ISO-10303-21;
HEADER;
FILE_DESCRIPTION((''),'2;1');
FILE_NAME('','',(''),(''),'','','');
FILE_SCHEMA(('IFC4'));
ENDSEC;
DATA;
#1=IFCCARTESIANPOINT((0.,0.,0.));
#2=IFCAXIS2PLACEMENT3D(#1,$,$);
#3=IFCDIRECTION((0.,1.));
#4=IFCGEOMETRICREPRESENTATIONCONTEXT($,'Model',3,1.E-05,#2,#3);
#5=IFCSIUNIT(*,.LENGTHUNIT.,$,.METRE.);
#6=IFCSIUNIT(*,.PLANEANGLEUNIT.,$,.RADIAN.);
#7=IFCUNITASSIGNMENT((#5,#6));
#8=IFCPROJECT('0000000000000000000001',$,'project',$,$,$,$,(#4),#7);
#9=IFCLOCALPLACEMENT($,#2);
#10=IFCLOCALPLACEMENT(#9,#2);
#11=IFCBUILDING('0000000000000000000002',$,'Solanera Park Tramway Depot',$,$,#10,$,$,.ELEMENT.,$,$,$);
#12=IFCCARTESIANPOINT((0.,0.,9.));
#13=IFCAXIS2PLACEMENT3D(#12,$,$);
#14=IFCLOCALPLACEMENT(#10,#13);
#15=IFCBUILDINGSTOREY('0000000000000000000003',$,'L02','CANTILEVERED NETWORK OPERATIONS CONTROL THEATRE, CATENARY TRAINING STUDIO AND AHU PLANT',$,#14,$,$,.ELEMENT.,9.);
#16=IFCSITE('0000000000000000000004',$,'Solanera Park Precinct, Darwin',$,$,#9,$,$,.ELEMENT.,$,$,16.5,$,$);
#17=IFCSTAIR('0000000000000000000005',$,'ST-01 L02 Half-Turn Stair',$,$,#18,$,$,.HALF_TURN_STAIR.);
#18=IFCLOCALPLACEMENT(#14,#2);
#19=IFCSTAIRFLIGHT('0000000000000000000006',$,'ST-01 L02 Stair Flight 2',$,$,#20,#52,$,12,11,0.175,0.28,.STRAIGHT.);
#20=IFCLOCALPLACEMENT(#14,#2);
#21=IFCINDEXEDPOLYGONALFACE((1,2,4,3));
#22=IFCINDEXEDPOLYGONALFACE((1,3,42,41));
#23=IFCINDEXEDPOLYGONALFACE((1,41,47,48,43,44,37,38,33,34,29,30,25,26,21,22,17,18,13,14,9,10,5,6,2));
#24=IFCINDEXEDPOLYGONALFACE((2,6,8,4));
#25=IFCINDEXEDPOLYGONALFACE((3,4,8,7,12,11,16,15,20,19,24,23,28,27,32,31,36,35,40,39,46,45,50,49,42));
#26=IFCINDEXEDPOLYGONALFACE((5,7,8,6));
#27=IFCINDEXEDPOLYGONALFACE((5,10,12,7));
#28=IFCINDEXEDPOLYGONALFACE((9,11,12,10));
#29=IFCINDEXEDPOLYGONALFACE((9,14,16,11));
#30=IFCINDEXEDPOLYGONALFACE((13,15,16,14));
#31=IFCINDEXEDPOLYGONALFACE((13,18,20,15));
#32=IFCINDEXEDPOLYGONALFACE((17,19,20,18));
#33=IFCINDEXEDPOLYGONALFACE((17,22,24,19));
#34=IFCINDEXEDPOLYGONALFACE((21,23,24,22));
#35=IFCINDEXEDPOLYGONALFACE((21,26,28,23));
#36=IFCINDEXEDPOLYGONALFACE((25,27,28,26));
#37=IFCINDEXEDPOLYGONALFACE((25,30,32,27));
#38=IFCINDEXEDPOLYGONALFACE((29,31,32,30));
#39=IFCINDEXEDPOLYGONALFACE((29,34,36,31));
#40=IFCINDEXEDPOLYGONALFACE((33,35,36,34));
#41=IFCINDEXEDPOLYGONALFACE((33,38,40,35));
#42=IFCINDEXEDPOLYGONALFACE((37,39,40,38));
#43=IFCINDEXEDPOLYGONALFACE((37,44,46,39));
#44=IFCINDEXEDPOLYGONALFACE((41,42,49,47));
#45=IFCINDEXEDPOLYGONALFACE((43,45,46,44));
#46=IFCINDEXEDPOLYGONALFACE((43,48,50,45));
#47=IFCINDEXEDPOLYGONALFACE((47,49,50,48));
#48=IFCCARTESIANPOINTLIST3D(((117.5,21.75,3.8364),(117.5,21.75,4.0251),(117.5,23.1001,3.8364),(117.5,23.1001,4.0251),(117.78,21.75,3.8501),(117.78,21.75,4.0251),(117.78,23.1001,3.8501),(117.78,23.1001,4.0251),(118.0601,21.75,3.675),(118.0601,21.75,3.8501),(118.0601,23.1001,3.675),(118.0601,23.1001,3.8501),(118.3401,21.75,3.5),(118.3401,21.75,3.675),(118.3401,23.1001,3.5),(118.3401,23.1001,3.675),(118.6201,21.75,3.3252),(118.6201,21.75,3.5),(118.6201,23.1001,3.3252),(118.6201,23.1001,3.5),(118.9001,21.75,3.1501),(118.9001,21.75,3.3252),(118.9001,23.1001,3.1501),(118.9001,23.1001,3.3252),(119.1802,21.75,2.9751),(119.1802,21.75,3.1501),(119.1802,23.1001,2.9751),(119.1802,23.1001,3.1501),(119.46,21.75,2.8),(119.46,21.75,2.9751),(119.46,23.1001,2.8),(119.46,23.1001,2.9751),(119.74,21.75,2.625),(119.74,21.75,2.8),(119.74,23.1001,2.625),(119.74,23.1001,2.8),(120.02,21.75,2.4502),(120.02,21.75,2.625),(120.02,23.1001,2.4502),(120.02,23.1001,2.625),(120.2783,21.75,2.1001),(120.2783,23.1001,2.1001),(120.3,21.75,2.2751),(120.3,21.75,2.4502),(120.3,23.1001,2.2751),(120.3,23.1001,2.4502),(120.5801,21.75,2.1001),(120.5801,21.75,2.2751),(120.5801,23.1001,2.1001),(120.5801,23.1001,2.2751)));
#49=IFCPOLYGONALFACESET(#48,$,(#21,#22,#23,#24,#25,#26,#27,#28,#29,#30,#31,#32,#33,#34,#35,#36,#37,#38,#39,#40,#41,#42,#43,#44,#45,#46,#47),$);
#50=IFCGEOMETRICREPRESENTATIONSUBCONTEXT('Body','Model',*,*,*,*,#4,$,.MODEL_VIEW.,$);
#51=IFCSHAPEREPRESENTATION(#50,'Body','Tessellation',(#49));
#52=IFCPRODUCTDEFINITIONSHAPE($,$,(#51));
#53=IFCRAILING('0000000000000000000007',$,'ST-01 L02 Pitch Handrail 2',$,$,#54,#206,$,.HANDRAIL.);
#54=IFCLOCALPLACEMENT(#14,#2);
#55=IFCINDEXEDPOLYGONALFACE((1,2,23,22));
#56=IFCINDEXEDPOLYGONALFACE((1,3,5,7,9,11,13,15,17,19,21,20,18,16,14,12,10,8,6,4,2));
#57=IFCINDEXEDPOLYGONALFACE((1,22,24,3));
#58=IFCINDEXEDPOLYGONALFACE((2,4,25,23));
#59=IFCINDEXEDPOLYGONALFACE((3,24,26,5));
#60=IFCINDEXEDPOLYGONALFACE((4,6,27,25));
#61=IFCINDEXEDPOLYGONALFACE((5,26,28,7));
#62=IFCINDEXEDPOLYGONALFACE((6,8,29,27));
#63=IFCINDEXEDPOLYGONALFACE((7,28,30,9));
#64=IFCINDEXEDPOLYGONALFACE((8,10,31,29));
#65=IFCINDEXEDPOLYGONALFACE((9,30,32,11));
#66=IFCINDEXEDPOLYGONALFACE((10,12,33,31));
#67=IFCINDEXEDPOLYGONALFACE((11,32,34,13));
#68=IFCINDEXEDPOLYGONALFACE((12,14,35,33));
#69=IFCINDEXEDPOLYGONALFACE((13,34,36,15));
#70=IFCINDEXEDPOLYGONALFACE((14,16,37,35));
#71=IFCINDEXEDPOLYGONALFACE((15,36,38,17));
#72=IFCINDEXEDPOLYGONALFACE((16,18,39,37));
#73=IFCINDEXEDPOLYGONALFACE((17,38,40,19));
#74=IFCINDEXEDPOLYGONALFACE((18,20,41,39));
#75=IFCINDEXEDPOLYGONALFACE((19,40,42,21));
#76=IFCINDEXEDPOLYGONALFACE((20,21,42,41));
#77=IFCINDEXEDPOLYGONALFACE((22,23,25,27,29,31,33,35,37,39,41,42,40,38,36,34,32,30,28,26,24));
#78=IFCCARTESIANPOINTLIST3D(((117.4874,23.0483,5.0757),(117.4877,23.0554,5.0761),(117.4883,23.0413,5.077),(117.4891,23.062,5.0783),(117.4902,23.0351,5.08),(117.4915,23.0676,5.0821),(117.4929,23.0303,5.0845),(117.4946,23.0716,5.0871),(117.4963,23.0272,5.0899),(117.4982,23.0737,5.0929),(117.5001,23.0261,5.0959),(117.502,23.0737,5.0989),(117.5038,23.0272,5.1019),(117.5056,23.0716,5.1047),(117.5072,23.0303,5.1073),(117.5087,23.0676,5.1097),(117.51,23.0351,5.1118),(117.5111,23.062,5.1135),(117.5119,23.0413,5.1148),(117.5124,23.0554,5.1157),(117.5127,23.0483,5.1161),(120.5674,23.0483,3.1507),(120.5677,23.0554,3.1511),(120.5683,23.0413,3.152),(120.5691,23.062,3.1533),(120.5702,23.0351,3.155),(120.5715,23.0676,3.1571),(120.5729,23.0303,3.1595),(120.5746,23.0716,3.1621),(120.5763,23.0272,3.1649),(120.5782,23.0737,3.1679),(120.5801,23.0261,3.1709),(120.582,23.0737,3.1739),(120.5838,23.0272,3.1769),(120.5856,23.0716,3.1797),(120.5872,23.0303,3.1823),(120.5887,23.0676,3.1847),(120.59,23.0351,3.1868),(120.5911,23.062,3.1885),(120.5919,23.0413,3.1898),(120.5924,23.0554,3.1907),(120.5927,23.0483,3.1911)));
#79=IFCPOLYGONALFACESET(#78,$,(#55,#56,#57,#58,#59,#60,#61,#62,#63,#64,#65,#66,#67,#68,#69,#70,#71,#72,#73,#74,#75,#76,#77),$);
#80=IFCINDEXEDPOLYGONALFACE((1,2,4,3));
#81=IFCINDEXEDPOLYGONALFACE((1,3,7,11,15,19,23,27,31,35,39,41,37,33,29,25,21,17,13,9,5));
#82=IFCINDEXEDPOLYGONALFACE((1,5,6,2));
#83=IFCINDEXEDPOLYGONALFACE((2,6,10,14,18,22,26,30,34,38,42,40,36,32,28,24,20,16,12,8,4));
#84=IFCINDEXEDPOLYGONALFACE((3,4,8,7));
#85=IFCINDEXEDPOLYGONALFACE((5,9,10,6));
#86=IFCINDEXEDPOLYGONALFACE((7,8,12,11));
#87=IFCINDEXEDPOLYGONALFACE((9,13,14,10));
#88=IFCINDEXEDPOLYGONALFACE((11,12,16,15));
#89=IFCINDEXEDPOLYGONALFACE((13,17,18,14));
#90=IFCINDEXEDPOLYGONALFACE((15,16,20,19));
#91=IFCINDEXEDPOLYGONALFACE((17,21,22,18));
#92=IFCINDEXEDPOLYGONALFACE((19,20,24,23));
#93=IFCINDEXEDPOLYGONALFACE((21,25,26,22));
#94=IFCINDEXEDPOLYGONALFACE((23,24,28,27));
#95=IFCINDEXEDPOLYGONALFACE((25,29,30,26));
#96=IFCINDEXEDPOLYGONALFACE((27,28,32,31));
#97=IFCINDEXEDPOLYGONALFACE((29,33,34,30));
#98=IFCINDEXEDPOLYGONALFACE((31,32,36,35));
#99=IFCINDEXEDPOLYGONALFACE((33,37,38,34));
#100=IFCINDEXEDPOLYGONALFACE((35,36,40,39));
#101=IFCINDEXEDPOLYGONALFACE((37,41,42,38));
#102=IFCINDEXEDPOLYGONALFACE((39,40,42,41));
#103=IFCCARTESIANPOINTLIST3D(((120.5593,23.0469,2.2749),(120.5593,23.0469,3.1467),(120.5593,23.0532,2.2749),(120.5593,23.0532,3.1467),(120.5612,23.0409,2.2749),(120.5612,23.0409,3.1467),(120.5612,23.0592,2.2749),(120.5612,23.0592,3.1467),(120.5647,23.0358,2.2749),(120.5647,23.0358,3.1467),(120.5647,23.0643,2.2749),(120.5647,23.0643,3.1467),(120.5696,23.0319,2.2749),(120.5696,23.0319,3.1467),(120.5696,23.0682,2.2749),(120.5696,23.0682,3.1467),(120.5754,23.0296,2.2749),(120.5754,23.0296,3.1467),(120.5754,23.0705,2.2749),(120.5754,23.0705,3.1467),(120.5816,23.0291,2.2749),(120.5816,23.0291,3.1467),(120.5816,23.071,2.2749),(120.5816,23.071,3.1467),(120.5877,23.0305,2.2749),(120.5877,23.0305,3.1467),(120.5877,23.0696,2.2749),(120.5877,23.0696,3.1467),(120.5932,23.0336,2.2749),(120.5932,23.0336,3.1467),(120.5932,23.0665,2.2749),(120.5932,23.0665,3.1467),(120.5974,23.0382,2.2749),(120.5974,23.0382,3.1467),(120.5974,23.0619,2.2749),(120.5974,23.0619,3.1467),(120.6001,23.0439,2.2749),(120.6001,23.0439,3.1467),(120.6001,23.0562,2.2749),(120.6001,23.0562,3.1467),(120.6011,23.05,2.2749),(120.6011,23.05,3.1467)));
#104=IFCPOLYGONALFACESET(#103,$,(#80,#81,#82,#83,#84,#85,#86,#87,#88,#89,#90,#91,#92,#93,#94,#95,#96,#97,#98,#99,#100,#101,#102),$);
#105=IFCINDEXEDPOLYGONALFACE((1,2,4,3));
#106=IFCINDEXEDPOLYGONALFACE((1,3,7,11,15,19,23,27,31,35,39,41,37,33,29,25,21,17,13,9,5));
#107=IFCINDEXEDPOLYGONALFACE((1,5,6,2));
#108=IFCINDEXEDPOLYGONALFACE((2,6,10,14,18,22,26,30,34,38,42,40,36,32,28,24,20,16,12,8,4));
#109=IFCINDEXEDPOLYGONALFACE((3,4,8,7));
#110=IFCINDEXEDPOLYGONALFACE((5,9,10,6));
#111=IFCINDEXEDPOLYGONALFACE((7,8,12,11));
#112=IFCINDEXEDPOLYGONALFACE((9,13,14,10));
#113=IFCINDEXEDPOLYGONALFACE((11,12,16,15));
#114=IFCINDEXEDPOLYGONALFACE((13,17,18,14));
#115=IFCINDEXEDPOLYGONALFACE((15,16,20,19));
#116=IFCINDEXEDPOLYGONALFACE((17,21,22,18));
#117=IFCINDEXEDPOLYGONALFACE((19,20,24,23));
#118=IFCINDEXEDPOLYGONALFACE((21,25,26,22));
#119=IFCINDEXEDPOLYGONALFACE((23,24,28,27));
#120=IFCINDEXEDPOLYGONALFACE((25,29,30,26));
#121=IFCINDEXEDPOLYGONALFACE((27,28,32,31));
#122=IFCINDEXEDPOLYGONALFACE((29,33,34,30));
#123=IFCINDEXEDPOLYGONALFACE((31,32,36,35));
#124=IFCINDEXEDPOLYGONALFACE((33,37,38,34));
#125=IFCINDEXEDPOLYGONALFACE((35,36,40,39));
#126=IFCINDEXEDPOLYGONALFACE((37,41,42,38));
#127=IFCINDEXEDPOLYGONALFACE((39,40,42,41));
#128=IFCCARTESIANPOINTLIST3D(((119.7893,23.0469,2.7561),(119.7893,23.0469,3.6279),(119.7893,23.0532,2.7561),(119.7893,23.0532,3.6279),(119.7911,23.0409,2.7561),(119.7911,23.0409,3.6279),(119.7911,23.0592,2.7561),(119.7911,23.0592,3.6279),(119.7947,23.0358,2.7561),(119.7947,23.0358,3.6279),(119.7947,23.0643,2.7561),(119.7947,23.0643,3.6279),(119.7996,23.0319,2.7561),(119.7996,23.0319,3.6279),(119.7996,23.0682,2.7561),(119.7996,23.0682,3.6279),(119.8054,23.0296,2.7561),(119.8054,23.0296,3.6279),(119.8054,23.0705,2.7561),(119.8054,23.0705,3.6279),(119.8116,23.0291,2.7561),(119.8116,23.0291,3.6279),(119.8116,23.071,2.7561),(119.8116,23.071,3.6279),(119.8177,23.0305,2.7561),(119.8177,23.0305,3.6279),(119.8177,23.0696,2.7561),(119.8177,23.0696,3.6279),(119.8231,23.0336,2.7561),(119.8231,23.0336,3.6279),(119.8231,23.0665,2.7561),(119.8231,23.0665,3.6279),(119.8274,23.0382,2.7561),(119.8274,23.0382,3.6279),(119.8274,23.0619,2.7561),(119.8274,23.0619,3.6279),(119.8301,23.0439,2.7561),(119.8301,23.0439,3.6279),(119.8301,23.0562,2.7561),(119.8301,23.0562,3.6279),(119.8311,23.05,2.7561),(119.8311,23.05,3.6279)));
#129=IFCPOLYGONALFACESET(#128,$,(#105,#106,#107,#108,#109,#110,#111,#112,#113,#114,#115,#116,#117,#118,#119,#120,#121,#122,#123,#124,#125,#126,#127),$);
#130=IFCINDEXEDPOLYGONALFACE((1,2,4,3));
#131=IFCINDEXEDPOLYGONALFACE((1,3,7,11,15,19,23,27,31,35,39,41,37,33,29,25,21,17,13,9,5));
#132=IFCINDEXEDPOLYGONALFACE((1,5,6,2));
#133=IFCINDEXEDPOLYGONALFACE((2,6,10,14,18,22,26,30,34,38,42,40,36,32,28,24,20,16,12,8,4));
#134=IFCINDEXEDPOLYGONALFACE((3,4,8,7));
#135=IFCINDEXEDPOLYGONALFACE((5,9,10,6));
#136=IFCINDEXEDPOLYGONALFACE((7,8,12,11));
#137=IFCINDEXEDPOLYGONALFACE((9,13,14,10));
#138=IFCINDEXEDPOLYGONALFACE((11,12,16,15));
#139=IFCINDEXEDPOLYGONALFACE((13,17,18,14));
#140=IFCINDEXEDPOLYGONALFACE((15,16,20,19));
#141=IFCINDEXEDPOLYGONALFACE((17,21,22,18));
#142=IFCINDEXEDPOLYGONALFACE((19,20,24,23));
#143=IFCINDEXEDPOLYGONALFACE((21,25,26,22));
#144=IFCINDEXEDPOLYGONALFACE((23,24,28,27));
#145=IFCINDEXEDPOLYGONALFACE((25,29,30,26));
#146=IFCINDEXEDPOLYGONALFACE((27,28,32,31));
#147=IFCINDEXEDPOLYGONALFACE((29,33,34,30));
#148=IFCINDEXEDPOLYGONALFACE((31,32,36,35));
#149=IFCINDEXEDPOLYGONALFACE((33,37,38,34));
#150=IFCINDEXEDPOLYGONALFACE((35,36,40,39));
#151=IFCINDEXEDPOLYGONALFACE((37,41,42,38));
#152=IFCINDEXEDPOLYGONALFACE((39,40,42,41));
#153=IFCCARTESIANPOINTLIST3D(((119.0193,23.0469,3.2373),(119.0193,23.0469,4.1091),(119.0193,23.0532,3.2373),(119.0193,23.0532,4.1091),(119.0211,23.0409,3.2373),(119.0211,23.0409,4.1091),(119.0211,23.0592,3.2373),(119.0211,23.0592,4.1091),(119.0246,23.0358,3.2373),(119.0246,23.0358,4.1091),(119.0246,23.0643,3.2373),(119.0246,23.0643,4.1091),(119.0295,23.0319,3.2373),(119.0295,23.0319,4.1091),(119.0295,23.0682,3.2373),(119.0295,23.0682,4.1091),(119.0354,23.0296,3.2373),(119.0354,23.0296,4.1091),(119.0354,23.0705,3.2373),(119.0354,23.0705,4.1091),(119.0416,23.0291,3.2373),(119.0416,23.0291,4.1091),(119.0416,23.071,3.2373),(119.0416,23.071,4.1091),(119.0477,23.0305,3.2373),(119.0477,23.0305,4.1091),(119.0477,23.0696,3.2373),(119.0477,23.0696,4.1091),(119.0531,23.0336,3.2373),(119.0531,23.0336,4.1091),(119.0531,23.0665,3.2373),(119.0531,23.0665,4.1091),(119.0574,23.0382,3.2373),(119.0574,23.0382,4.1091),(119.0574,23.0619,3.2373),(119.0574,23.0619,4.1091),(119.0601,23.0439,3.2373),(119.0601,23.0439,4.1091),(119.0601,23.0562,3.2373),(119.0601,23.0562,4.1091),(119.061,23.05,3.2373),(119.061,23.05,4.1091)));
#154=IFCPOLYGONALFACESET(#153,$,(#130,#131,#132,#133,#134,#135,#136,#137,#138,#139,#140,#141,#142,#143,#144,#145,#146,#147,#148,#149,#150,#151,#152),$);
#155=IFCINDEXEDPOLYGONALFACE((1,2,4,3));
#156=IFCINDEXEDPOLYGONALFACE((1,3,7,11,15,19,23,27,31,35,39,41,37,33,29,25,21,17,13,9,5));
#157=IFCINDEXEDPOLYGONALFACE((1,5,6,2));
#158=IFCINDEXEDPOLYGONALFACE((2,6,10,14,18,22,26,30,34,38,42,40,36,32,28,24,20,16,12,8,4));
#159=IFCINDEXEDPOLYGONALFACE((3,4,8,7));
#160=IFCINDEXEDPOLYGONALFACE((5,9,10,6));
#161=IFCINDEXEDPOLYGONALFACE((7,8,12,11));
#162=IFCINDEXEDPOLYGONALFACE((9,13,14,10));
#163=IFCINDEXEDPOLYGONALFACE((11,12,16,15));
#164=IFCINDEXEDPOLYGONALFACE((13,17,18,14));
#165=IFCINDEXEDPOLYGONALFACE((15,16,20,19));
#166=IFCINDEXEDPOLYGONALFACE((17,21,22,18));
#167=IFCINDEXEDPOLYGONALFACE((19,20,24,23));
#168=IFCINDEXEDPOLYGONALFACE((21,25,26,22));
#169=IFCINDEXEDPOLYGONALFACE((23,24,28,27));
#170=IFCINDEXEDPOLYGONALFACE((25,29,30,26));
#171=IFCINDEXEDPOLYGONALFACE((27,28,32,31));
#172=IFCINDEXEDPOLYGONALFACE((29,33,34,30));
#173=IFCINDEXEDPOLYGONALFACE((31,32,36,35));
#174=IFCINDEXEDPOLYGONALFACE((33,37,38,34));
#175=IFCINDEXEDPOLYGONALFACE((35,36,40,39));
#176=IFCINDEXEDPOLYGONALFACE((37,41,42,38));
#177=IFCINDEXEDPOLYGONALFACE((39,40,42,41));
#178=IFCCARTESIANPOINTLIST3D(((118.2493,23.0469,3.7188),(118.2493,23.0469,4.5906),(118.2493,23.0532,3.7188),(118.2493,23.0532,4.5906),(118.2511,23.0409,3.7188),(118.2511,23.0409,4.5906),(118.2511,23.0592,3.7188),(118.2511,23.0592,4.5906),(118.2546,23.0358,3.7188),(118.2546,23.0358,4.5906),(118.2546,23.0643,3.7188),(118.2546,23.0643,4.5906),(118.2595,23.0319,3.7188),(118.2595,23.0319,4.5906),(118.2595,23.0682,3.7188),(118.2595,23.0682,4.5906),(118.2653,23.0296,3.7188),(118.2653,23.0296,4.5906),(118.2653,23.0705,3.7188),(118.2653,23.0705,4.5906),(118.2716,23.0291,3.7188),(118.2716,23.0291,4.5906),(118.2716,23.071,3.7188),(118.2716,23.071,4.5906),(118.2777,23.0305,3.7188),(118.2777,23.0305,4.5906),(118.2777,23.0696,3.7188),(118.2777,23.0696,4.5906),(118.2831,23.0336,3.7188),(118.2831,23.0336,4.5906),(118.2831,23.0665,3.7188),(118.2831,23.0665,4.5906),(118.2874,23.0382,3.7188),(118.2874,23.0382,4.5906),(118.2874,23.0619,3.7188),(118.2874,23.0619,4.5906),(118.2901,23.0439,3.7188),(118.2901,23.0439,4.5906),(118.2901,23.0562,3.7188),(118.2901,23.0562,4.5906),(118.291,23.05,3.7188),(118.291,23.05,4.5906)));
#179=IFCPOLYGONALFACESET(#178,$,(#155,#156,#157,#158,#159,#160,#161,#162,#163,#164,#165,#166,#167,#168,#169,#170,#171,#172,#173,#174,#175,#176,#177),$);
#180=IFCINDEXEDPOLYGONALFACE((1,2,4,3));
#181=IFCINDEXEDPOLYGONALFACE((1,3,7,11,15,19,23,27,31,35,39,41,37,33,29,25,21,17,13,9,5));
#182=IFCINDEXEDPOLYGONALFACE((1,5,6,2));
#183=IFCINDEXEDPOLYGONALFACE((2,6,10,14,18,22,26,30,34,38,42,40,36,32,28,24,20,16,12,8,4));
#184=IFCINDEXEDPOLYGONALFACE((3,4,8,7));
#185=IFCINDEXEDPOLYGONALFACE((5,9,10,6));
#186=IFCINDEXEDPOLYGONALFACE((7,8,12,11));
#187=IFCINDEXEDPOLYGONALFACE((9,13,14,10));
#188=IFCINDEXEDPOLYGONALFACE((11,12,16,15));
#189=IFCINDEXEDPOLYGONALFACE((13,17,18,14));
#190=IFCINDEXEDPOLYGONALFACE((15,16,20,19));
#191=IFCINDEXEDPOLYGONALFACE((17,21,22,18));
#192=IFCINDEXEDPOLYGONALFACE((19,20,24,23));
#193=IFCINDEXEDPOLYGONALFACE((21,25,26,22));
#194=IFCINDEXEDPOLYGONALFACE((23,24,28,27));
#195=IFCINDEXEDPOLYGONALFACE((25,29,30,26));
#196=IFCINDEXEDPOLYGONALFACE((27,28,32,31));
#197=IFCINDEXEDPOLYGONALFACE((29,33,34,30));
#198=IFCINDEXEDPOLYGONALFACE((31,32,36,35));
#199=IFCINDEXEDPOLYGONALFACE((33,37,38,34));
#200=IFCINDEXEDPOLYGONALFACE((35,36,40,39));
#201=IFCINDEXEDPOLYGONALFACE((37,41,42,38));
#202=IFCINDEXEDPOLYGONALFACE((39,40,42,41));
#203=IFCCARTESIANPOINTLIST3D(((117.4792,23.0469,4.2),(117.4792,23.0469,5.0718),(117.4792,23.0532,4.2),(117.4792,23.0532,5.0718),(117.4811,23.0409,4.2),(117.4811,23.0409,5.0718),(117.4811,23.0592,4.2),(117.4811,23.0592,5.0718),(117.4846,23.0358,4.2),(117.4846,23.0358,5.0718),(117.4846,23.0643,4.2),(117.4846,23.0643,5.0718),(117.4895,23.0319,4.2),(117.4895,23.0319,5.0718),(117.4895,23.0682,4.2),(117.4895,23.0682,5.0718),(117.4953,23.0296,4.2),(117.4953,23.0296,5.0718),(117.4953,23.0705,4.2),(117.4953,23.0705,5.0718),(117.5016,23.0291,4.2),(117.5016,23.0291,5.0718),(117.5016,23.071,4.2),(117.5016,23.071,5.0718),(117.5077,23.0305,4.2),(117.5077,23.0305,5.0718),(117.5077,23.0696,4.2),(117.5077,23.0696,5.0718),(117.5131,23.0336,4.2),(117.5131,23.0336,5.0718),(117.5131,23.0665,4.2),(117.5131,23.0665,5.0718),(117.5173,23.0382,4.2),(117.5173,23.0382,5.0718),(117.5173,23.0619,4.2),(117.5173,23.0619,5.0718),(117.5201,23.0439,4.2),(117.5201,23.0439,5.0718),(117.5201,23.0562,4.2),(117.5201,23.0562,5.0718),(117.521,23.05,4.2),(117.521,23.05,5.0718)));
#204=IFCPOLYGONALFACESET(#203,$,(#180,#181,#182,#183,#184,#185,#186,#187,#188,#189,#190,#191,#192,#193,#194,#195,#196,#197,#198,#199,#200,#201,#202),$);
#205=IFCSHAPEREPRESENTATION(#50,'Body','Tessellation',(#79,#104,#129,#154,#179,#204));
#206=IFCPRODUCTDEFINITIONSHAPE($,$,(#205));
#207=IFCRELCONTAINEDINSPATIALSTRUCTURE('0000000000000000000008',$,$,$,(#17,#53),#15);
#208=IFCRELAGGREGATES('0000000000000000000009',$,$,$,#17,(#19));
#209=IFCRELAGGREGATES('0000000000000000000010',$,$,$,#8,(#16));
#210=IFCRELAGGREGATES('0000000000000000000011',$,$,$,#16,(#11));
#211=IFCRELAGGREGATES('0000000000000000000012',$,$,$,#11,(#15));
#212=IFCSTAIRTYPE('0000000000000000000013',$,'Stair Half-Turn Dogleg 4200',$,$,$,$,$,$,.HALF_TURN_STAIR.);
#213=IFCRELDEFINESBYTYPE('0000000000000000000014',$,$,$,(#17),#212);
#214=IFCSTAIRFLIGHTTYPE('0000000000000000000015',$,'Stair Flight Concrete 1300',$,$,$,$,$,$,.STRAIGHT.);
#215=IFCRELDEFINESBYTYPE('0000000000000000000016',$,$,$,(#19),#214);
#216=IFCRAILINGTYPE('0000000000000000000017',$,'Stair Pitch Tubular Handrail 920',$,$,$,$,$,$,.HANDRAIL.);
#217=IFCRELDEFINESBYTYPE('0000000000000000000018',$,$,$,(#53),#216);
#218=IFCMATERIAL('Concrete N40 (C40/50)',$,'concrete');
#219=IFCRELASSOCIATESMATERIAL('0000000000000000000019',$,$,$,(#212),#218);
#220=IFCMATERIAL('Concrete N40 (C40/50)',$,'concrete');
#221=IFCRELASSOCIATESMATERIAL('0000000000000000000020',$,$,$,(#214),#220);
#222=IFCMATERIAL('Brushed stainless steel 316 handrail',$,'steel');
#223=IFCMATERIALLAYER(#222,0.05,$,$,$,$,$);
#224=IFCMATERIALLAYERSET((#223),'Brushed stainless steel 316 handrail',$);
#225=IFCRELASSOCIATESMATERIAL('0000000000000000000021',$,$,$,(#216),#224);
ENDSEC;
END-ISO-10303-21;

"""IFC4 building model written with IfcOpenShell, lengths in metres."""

from ifc_helpers import new_model, si_unit, direction, frame, origin, origin_2d, place, context, subcontext, project, spatial, polyline, circle, outline, extrude, material, layer, layer_set, type_object, element, aggregate, save


model = new_model("IFC4")

# Units and contexts
model_context = context("Model", 3, precision=1e-05, world=origin(), true_north=direction((0.0, 1.0)))
body_context = subcontext(model_context, "Body", "Model", "MODEL_VIEW")
ifc_project = project(units=[si_unit("LENGTHUNIT", "METRE"), si_unit("PLANEANGLEUNIT", "RADIAN")], contexts=[model_context])

# Site, building, storey
site_placement = place(None, origin())
site = spatial("IfcSite", under=ifc_project, at=site_placement, Name="Solanera Park Precinct, Darwin", CompositionType="ELEMENT", RefElevation=16.5)
building_placement = place(site_placement, origin())
building = spatial("IfcBuilding", under=site, at=building_placement, Name="Solanera Park Tramway Depot", CompositionType="ELEMENT")
storey_placement = place(building_placement, frame((0.0, 0.0, 9.0)))
storey = spatial("IfcBuildingStorey", under=building, at=storey_placement, Name="L02", Description="CANTILEVERED NETWORK OPERATIONS CONTROL THEATRE, CATENARY TRAINING STUDIO AND AHU PLANT", CompositionType="ELEMENT", Elevation=9.0)

# Stair, stair flight
ifc_material_1 = material(Name="Concrete N40 (C40/50)", Category="concrete")
stair_type = type_object("IfcStairType", Name="Stair Half-Turn Dogleg 4200", PredefinedType="HALF_TURN_STAIR", material=ifc_material_1)
stair_placement = place(storey_placement, origin())
stair = element("IfcStair", 1, at=stair_placement, inside=storey, type_object=stair_type, Name="ST-01 L02 Half-Turn Stair", PredefinedType="HALF_TURN_STAIR")
ifc_material_2 = material(Name="Concrete N40 (C40/50)", Category="concrete")
stair_flight_type = type_object("IfcStairFlightType", Name="Stair Flight Concrete 1300", PredefinedType="STRAIGHT", material=ifc_material_2)
stair_flight_placement = place(storey_placement, frame((120.5801, 22.425, 2.1001), z_axis=(0.0, 0.0, 1.0), x_axis=(-1.0, 0.0, 0.0)))
stair_flight = element("IfcStairFlight", 2, at=stair_flight_placement, type_object=stair_flight_type, Name="ST-01 L02 Stair Flight 2", NumberOfRisers=12, NumberOfTreads=11, PredefinedType="STRAIGHT", RiserHeight=0.175, TreadLength=0.28, context=body_context, shape_type="SweptSolid", body=[
    extrude(outline(polyline([(0.0, 0.0), (0.0, 0.175), (0.28, 0.175), (0.28, 0.3501), (0.5601, 0.3501), (0.5601, 0.5249), (0.8401, 0.5249), (0.8401, 0.7), (1.1201, 0.7), (1.1201, 0.875), (1.3999, 0.875), (1.3999, 1.05), (1.6799, 1.05), (1.6799, 1.2251), (1.96, 1.2251), (1.96, 1.3999), (2.24, 1.3999), (2.24, 1.575), (2.52, 1.575), (2.52, 1.75), (2.8, 1.75), (2.8, 1.925), (3.0801, 1.925), (3.0801, 2.1001), (3.0801, 1.7363), (0.3018, 0.0), (0.0, 0.0)])), frame((0.0, 0.675, 0.0), z_axis=(0.0, -1.0, 0.0), x_axis=(1.0, 0.0, 0.0)), (0.0, 0.0, 1.0), 1.3501),
])
aggregate(stair, [stair_flight])

# Railing
ifc_material_3 = material(Name="Brushed stainless steel 316 handrail", Category="steel")
ifc_layer_1 = layer(ifc_material_3, 0.05)
ifc_layer_set_1 = layer_set([ifc_layer_1], Name="Brushed stainless steel 316 handrail")
railing_type_1 = type_object("IfcRailingType", Name="Stair Pitch Tubular Handrail 920", PredefinedType="HANDRAIL", material=ifc_layer_set_1)
railing_1_placement = place(storey_placement, frame((120.5801, 23.05, 2.2749)))
element("IfcRailing", 3, at=railing_1_placement, inside=storey, type_object=railing_type_1, Name="ST-01 L02 Pitch Handrail 2", PredefinedType="HANDRAIL", context=body_context, shape_type="SweptSolid", body=[
    extrude(circle(Radius=0.0239, at=origin_2d()), frame((0.0, 0.0, 0.896), z_axis=(-0.847998, 0.0, 0.529999), x_axis=(0.0, -1.0, 0.0)), (0.0, 0.0, 1.0), 3.6321),
    extrude(circle(Radius=0.021, at=origin_2d()), origin(), (0.0, 0.0, 1.0), 0.8718),
    extrude(circle(Radius=0.021, at=origin_2d()), frame((-0.77, 0.0, 0.4812)), (0.0, 0.0, 1.0), 0.8718),
    extrude(circle(Radius=0.021, at=origin_2d()), frame((-1.54, 0.0, 0.9624)), (0.0, 0.0, 1.0), 0.8718),
    extrude(circle(Radius=0.021, at=origin_2d()), frame((-2.3101, 0.0, 1.4438)), (0.0, 0.0, 1.0), 0.8718),
    extrude(circle(Radius=0.021, at=origin_2d()), frame((-3.0801, 0.0, 1.925)), (0.0, 0.0, 1.0), 0.8718),
])

save(model, "model.ifc")
